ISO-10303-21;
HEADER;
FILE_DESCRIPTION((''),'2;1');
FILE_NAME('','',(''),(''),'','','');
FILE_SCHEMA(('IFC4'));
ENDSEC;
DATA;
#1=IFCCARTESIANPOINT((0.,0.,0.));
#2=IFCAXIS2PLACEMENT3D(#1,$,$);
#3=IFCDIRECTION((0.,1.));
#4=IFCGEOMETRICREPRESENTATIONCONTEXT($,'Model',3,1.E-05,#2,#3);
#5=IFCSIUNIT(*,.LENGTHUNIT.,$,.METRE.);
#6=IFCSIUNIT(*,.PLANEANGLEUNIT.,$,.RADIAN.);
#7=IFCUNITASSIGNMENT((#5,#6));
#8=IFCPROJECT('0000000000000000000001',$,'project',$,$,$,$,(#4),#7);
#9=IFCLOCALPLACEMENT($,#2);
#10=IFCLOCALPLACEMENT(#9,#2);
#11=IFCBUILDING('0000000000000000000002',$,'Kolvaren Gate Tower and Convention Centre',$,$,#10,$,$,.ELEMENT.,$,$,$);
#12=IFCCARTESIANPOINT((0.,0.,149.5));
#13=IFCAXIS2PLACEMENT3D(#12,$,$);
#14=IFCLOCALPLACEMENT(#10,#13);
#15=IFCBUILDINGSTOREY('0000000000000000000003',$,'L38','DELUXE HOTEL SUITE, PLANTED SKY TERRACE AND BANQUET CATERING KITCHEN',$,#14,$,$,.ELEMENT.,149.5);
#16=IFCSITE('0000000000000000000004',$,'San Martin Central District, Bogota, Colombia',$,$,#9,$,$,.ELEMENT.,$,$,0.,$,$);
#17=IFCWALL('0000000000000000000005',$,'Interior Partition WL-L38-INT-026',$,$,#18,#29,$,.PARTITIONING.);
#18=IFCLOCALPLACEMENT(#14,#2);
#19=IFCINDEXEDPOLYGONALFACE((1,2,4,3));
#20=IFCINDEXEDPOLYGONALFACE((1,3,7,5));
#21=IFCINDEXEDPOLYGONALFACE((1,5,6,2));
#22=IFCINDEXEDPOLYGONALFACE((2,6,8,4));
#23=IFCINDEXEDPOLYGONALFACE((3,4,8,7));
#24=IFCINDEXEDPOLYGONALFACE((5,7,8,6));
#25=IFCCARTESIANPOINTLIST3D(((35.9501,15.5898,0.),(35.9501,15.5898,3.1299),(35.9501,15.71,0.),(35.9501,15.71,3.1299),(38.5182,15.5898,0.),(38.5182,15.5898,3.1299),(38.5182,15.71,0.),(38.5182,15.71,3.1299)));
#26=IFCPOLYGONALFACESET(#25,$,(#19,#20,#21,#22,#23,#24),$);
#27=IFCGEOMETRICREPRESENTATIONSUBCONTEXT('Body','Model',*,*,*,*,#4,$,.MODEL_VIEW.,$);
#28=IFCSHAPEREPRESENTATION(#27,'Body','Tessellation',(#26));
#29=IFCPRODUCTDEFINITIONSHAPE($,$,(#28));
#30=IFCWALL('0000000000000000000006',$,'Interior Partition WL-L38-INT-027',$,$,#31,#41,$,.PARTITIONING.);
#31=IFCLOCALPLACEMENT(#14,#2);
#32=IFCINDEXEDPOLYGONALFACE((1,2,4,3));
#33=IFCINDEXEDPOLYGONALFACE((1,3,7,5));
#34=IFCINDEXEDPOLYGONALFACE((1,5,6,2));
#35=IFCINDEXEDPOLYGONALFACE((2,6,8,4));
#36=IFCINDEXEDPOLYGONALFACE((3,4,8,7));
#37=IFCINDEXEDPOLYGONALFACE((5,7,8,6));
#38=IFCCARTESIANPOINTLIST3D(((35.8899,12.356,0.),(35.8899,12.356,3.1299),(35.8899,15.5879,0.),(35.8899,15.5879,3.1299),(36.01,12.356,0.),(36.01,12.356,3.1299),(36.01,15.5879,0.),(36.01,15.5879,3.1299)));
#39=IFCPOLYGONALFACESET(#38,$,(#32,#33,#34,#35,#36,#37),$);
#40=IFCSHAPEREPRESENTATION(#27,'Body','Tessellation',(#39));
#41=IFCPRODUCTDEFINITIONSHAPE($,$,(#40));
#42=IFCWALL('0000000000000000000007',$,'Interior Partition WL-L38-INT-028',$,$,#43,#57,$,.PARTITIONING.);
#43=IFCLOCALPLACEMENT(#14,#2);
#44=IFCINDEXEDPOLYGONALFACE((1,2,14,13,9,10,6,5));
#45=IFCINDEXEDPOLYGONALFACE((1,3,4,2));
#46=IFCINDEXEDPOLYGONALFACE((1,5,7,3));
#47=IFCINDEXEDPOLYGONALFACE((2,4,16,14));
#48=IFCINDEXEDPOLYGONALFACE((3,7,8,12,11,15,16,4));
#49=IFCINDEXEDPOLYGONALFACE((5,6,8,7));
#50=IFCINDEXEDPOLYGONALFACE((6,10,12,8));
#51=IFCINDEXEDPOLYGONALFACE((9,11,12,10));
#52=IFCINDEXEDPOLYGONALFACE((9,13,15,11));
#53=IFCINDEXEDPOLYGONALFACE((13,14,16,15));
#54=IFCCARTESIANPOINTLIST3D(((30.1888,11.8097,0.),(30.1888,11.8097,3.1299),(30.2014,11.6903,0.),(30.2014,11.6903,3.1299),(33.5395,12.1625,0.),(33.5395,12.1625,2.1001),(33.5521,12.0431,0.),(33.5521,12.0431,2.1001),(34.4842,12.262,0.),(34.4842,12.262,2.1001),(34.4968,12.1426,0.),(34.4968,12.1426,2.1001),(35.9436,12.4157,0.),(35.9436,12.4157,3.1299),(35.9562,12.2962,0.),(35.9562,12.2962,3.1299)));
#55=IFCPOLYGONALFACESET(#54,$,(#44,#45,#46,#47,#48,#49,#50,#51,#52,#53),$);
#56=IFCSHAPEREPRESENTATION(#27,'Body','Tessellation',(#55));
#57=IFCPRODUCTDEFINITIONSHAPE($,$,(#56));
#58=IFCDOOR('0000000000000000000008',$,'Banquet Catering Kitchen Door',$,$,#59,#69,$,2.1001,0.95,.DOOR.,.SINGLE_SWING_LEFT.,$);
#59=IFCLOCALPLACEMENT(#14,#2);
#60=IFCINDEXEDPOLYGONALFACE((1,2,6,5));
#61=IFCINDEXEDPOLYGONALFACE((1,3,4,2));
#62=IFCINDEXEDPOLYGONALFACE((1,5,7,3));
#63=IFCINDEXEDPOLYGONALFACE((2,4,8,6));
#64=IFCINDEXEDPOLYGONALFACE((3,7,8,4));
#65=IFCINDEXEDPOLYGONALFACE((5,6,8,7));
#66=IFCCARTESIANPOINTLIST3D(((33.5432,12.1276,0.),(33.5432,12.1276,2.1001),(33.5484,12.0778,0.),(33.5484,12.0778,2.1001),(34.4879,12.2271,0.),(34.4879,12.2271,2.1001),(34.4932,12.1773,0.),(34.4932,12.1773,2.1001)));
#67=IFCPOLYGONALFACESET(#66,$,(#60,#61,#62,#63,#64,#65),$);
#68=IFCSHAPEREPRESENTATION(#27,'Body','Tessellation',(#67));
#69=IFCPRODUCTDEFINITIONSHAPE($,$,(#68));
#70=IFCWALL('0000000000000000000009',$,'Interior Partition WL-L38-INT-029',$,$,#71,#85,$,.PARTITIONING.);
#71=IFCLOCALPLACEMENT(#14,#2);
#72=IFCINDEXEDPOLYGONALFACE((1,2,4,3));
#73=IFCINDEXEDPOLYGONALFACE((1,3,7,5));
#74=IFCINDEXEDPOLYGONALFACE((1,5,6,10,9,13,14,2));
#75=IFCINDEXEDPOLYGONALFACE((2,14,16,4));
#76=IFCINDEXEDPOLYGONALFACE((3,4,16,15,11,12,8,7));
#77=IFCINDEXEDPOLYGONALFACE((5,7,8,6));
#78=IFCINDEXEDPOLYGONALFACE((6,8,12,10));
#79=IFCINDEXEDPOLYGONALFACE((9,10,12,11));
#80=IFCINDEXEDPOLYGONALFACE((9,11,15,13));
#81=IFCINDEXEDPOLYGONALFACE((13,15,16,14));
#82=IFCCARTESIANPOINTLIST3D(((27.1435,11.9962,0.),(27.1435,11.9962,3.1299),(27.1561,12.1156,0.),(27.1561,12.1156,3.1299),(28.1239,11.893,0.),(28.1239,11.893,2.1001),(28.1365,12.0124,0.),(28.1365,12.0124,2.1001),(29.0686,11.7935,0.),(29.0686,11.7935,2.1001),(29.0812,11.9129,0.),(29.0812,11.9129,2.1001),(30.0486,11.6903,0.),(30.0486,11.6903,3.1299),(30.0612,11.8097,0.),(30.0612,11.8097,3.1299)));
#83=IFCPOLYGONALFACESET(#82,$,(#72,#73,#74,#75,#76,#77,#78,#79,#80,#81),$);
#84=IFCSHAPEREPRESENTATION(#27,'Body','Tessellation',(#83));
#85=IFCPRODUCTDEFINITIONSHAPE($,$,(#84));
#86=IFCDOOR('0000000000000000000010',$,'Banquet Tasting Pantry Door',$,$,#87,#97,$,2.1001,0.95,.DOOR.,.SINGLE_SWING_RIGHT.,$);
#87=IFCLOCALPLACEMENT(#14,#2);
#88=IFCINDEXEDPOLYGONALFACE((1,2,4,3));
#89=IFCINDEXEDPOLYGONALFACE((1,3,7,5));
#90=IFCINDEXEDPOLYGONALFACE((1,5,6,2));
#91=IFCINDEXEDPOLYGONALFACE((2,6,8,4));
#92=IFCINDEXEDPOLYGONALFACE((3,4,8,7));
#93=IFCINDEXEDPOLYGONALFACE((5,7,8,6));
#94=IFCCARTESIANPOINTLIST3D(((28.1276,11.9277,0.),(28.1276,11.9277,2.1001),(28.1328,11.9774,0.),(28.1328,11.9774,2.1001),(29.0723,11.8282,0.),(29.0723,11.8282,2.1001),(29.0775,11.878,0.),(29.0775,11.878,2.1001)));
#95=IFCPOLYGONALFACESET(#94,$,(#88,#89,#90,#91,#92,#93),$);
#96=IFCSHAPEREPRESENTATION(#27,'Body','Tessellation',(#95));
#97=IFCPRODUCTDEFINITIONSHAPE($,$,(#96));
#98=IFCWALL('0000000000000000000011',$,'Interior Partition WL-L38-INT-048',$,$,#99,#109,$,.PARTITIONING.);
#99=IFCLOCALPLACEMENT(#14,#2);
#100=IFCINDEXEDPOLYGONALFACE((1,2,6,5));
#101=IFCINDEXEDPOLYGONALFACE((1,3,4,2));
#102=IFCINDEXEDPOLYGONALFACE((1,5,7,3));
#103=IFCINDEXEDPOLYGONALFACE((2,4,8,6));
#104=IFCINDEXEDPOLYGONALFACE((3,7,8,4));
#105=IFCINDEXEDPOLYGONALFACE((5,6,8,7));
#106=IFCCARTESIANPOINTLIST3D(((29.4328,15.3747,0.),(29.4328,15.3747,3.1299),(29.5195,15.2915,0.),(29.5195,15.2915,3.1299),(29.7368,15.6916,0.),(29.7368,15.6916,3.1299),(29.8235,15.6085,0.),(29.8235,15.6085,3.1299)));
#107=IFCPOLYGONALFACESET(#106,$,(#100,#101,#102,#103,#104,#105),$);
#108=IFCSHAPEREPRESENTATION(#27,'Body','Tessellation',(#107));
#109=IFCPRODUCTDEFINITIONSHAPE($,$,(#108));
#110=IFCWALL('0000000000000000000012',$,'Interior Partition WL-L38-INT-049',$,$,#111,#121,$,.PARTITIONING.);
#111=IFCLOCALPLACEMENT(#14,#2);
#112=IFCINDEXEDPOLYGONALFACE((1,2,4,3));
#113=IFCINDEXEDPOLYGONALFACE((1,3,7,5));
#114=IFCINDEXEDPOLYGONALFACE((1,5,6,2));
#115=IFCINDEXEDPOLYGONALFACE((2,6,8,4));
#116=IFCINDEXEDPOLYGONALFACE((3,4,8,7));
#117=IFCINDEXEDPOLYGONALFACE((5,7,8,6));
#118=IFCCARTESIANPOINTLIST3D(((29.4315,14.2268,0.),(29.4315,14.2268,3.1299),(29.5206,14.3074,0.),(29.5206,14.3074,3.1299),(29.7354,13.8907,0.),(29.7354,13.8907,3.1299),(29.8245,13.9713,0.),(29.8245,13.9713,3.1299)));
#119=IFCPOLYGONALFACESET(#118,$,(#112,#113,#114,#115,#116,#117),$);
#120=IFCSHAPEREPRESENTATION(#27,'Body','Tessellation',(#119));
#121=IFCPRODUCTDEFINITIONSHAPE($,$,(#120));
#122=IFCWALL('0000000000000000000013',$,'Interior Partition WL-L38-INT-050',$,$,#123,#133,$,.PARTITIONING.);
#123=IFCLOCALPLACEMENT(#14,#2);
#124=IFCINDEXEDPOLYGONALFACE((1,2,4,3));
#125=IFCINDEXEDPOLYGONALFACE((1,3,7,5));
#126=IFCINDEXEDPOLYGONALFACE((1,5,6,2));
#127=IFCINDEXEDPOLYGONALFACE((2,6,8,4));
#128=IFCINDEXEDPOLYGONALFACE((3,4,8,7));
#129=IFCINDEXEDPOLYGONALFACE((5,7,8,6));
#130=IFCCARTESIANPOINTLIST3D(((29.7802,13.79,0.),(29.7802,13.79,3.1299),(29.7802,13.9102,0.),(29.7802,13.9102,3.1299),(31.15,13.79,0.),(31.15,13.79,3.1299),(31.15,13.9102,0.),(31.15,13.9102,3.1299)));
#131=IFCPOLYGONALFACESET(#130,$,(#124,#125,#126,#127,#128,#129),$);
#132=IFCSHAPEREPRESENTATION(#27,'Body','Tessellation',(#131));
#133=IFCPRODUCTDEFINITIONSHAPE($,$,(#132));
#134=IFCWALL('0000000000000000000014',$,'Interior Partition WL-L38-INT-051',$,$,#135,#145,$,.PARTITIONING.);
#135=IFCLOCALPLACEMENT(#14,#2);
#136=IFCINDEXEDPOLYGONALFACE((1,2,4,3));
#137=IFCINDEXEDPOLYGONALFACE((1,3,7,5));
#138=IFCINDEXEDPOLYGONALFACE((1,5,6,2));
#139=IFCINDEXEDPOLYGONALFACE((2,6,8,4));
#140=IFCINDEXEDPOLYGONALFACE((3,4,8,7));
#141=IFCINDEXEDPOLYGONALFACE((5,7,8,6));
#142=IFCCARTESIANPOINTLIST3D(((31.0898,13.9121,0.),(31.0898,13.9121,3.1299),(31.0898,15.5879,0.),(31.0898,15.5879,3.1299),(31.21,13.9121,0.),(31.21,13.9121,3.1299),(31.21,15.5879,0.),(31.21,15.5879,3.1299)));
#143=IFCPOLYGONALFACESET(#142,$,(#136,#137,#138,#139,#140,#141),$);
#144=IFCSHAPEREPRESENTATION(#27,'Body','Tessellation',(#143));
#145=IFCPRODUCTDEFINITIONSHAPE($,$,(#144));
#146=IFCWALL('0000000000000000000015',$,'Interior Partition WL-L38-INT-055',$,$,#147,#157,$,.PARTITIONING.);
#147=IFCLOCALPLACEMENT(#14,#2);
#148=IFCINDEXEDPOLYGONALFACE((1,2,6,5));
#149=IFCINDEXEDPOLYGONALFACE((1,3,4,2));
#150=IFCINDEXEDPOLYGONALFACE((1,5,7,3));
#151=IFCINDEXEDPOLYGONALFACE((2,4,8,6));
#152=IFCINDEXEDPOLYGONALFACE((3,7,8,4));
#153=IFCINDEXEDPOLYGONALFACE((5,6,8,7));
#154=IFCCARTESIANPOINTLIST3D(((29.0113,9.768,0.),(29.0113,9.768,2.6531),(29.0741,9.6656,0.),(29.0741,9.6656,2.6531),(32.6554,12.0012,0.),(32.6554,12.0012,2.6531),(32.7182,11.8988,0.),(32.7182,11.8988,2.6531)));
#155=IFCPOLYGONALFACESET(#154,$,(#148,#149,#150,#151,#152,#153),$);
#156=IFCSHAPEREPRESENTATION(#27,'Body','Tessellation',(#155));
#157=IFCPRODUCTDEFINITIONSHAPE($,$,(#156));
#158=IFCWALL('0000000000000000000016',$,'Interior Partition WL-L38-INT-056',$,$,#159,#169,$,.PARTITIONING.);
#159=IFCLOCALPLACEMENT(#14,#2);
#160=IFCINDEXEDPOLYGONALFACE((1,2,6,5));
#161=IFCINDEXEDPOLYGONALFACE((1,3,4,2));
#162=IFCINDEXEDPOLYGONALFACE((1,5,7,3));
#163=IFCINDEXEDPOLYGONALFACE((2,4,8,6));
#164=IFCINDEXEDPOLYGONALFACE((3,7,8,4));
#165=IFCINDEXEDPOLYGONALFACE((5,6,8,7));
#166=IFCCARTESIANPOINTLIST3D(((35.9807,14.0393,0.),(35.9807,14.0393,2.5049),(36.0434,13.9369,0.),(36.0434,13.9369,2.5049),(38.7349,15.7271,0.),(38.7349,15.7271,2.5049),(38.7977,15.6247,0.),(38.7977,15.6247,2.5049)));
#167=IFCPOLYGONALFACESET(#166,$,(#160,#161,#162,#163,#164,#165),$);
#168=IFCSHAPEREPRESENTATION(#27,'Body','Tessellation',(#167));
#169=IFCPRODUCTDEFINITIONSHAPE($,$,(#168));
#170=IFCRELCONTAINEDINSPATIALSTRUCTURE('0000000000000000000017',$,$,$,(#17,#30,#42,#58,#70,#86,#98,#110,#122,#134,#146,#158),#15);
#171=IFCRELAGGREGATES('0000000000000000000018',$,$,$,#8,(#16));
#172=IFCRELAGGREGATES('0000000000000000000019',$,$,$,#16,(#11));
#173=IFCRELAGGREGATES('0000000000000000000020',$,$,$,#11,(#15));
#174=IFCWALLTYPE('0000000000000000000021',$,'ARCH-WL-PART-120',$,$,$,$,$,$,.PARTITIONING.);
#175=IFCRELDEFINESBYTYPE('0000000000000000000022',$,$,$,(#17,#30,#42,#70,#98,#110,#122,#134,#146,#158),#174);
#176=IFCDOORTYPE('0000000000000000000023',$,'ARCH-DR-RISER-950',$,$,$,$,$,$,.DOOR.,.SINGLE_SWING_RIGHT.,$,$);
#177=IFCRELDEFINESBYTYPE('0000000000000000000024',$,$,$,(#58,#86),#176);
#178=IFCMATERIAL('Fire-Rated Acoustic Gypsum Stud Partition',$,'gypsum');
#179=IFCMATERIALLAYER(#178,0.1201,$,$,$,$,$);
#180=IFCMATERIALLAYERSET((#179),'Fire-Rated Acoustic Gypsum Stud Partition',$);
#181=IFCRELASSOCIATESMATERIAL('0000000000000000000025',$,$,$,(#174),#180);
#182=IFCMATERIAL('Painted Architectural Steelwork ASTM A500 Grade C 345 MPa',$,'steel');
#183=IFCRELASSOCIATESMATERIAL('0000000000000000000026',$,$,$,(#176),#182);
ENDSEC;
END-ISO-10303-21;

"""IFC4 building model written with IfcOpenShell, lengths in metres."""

from ifc_helpers import new_model, si_unit, direction, frame, frame_2d, origin, place, context, subcontext, project, spatial, rectangle, extrude, material, layer, layer_set, type_object, element, fill, save


model = new_model("IFC4")

# Units and contexts
model_context = context("Model", 3, precision=1e-05, world=origin(), true_north=direction((0.0, 1.0)))
body_context = subcontext(model_context, "Body", "Model", "MODEL_VIEW")
ifc_project = project(units=[si_unit("LENGTHUNIT", "METRE"), si_unit("PLANEANGLEUNIT", "RADIAN")], contexts=[model_context])

# Site, building, storey
site_placement = place(None, origin())
site = spatial("IfcSite", under=ifc_project, at=site_placement, Name="San Martin Central District, Bogota, Colombia", CompositionType="ELEMENT", RefElevation=0.0)
building_placement = place(site_placement, origin())
building = spatial("IfcBuilding", under=site, at=building_placement, Name="Kolvaren Gate Tower and Convention Centre", CompositionType="ELEMENT")
storey_placement = place(building_placement, frame((0.0, 0.0, 149.5)))
storey = spatial("IfcBuildingStorey", under=building, at=storey_placement, Name="L38", Description="DELUXE HOTEL SUITE, PLANTED SKY TERRACE AND BANQUET CATERING KITCHEN", CompositionType="ELEMENT", Elevation=149.5)

# Walls
ifc_material_1 = material(Name="Fire-Rated Acoustic Gypsum Stud Partition", Category="gypsum")
ifc_layer_1 = layer(ifc_material_1, 0.1201)
ifc_layer_set_1 = layer_set([ifc_layer_1], Name="Fire-Rated Acoustic Gypsum Stud Partition")
wall_type_1 = type_object("IfcWallType", Name="ARCH-WL-PART-120", PredefinedType="PARTITIONING", material=ifc_layer_set_1)
wall_1_placement = place(storey_placement, frame((35.95, 15.6499, 0.0), z_axis=(0.0, 0.0, 1.0), x_axis=(1.0, 0.0, 0.0)))
element("IfcWall", 1, at=wall_1_placement, inside=storey, type_object=wall_type_1, Name="Interior Partition WL-L38-INT-026", PredefinedType="PARTITIONING", context=body_context, shape_type="SweptSolid", body=[
    extrude(rectangle(XDim=2.5681, YDim=0.1201, at=frame_2d((1.2842, 0.0))), origin(), (0.0, 0.0, 1.0), 3.1299),
])
wall_2_placement = place(storey_placement, frame((35.95, 12.356, 0.0), z_axis=(0.0, 0.0, 1.0), x_axis=(0.0, 1.0, 0.0)))
element("IfcWall", 2, at=wall_2_placement, inside=storey, type_object=wall_type_1, Name="Interior Partition WL-L38-INT-027", PredefinedType="PARTITIONING", context=body_context, shape_type="SweptSolid", body=[
    extrude(rectangle(XDim=3.2319, YDim=0.1201, at=frame_2d((1.616, 0.0))), origin(), (0.0, 0.0, 1.0), 3.1299),
])

# Walls, openings, doors
wall_3_placement = place(storey_placement, frame((30.1951, 11.75, 0.0), z_axis=(0.0, 0.0, 1.0), x_axis=(0.994502, 0.104716, 0.0)))
wall_3 = element("IfcWall", 3, at=wall_3_placement, inside=storey, type_object=wall_type_1, Name="Interior Partition WL-L38-INT-028", PredefinedType="PARTITIONING", context=body_context, shape_type="SweptSolid", body=[
    extrude(rectangle(XDim=5.7866, YDim=0.1201, at=frame_2d((2.8933, 0.0))), origin(), (0.0, 0.0, 1.0), 3.1299),
])
opening_1_placement = place(wall_3_placement, frame((3.3691, 0.0, 0.0)))
opening_1 = element("IfcOpeningElement", 4, at=opening_1_placement, cuts=wall_3, PredefinedType="OPENING", context=body_context, shape_type="SweptSolid", body=[
    extrude(rectangle(XDim=0.95, YDim=2.1001, at=frame_2d((0.4751, 1.05))), frame((0.0, 0.0701, 0.0), z_axis=(0.0, -1.0, 0.0), x_axis=(1.0, 0.0, 0.0)), (0.0, 0.0, 1.0), 0.1401),
])
ifc_material_2 = material(Name="Painted Architectural Steelwork ASTM A500 Grade C 345 MPa", Category="steel")
door_type_1 = type_object("IfcDoorType", Name="ARCH-DR-RISER-950", OperationType="SINGLE_SWING_RIGHT", PredefinedType="DOOR", material=ifc_material_2)
door_1_placement = place(opening_1_placement, origin())
door_1 = element("IfcDoor", 5, at=door_1_placement, inside=storey, type_object=door_type_1, Name="Banquet Catering Kitchen Door", OperationType="SINGLE_SWING_LEFT", OverallHeight=2.1001, OverallWidth=0.95, PredefinedType="DOOR", context=body_context, shape_type="SweptSolid", body=[
    extrude(rectangle(XDim=0.95, YDim=2.1001, at=frame_2d((0.4751, 1.05))), frame((0.0, 0.0249, 0.0), z_axis=(0.0, -1.0, 0.0), x_axis=(1.0, 0.0, 0.0)), (0.0, 0.0, 1.0), 0.05),
])
fill(opening_1, door_1)
wall_4_placement = place(storey_placement, frame((27.1499, 12.0559, 0.0), z_axis=(0.0, 0.0, 1.0), x_axis=(0.994501, -0.104724, 0.0)))
wall_4 = element("IfcWall", 6, at=wall_4_placement, inside=storey, type_object=wall_type_1, Name="Interior Partition WL-L38-INT-029", PredefinedType="PARTITIONING", context=body_context, shape_type="SweptSolid", body=[
    extrude(rectangle(XDim=2.9211, YDim=0.1201, at=frame_2d((1.4604, 0.0))), origin(), (0.0, 0.0, 1.0), 3.1299),
])
opening_2_placement = place(wall_4_placement, frame((0.9856, 0.0, 0.0)))
opening_2 = element("IfcOpeningElement", 7, at=opening_2_placement, cuts=wall_4, PredefinedType="OPENING", context=body_context, shape_type="SweptSolid", body=[
    extrude(rectangle(XDim=0.95, YDim=2.1001, at=frame_2d((0.4751, 1.05))), frame((0.0, 0.0701, 0.0), z_axis=(0.0, -1.0, 0.0), x_axis=(1.0, 0.0, 0.0)), (0.0, 0.0, 1.0), 0.1401),
])
door_2_placement = place(opening_2_placement, origin())
door_2 = element("IfcDoor", 8, at=door_2_placement, inside=storey, type_object=door_type_1, Name="Banquet Tasting Pantry Door", OperationType="SINGLE_SWING_RIGHT", OverallHeight=2.1001, OverallWidth=0.95, PredefinedType="DOOR", context=body_context, shape_type="SweptSolid", body=[
    extrude(rectangle(XDim=0.95, YDim=2.1001, at=frame_2d((0.4751, 1.05))), frame((0.0, 0.0249, 0.0), z_axis=(0.0, -1.0, 0.0), x_axis=(1.0, 0.0, 0.0)), (0.0, 0.0, 1.0), 0.05),
])
fill(opening_2, door_2)

# Walls
wall_5_placement = place(storey_placement, frame((29.4761, 15.333, 0.0), z_axis=(0.0, 0.0, 1.0), x_axis=(0.692219, 0.721687, 0.0)))
element("IfcWall", 9, at=wall_5_placement, inside=storey, type_object=wall_type_1, Name="Interior Partition WL-L38-INT-048", PredefinedType="PARTITIONING", context=body_context, shape_type="SweptSolid", body=[
    extrude(rectangle(XDim=0.4392, YDim=0.1201, at=frame_2d((0.2197, 0.0))), origin(), (0.0, 0.0, 1.0), 3.1299),
])
wall_6_placement = place(storey_placement, frame((29.4761, 14.2671, 0.0), z_axis=(0.0, 0.0, 1.0), x_axis=(0.670659, -0.741765, 0.0)))
element("IfcWall", 10, at=wall_6_placement, inside=storey, type_object=wall_type_1, Name="Interior Partition WL-L38-INT-049", PredefinedType="PARTITIONING", context=body_context, shape_type="SweptSolid", body=[
    extrude(rectangle(XDim=0.4531, YDim=0.1201, at=frame_2d((0.2266, 0.0))), origin(), (0.0, 0.0, 1.0), 3.1299),
])
wall_7_placement = place(storey_placement, frame((29.78, 13.8501, 0.0), z_axis=(0.0, 0.0, 1.0), x_axis=(1.0, 0.0, 0.0)))
element("IfcWall", 11, at=wall_7_placement, inside=storey, type_object=wall_type_1, Name="Interior Partition WL-L38-INT-050", PredefinedType="PARTITIONING", context=body_context, shape_type="SweptSolid", body=[
    extrude(rectangle(XDim=1.3699, YDim=0.1201, at=frame_2d((0.6851, 0.0))), origin(), (0.0, 0.0, 1.0), 3.1299),
])
wall_8_placement = place(storey_placement, frame((31.1499, 13.9121, 0.0), z_axis=(0.0, 0.0, 1.0), x_axis=(0.0, 1.0, 0.0)))
element("IfcWall", 12, at=wall_8_placement, inside=storey, type_object=wall_type_1, Name="Interior Partition WL-L38-INT-051", PredefinedType="PARTITIONING", context=body_context, shape_type="SweptSolid", body=[
    extrude(rectangle(XDim=1.6758, YDim=0.1201, at=frame_2d((0.8379, 0.0))), origin(), (0.0, 0.0, 1.0), 3.1299),
])
wall_9_placement = place(storey_placement, frame((29.0427, 9.7168, 0.0), z_axis=(0.0, 0.0, 1.0), x_axis=(0.852632, 0.522512, 0.0)))
element("IfcWall", 13, at=wall_9_placement, inside=storey, type_object=wall_type_1, Name="Interior Partition WL-L38-INT-055", PredefinedType="PARTITIONING", context=body_context, shape_type="SweptSolid", body=[
    extrude(rectangle(XDim=4.2739, YDim=0.1201, at=frame_2d((2.137, 0.0))), origin(), (0.0, 0.0, 1.0), 2.6531),
])
wall_10_placement = place(storey_placement, frame((36.012, 13.988, 0.0), z_axis=(0.0, 0.0, 1.0), x_axis=(0.85264, 0.522498, 0.0)))
element("IfcWall", 14, at=wall_10_placement, inside=storey, type_object=wall_type_1, Name="Interior Partition WL-L38-INT-056", PredefinedType="PARTITIONING", context=body_context, shape_type="SweptSolid", body=[
    extrude(rectangle(XDim=3.2302, YDim=0.1201, at=frame_2d((1.6152, 0.0))), origin(), (0.0, 0.0, 1.0), 2.5049),
])

save(model, "model.ifc")
